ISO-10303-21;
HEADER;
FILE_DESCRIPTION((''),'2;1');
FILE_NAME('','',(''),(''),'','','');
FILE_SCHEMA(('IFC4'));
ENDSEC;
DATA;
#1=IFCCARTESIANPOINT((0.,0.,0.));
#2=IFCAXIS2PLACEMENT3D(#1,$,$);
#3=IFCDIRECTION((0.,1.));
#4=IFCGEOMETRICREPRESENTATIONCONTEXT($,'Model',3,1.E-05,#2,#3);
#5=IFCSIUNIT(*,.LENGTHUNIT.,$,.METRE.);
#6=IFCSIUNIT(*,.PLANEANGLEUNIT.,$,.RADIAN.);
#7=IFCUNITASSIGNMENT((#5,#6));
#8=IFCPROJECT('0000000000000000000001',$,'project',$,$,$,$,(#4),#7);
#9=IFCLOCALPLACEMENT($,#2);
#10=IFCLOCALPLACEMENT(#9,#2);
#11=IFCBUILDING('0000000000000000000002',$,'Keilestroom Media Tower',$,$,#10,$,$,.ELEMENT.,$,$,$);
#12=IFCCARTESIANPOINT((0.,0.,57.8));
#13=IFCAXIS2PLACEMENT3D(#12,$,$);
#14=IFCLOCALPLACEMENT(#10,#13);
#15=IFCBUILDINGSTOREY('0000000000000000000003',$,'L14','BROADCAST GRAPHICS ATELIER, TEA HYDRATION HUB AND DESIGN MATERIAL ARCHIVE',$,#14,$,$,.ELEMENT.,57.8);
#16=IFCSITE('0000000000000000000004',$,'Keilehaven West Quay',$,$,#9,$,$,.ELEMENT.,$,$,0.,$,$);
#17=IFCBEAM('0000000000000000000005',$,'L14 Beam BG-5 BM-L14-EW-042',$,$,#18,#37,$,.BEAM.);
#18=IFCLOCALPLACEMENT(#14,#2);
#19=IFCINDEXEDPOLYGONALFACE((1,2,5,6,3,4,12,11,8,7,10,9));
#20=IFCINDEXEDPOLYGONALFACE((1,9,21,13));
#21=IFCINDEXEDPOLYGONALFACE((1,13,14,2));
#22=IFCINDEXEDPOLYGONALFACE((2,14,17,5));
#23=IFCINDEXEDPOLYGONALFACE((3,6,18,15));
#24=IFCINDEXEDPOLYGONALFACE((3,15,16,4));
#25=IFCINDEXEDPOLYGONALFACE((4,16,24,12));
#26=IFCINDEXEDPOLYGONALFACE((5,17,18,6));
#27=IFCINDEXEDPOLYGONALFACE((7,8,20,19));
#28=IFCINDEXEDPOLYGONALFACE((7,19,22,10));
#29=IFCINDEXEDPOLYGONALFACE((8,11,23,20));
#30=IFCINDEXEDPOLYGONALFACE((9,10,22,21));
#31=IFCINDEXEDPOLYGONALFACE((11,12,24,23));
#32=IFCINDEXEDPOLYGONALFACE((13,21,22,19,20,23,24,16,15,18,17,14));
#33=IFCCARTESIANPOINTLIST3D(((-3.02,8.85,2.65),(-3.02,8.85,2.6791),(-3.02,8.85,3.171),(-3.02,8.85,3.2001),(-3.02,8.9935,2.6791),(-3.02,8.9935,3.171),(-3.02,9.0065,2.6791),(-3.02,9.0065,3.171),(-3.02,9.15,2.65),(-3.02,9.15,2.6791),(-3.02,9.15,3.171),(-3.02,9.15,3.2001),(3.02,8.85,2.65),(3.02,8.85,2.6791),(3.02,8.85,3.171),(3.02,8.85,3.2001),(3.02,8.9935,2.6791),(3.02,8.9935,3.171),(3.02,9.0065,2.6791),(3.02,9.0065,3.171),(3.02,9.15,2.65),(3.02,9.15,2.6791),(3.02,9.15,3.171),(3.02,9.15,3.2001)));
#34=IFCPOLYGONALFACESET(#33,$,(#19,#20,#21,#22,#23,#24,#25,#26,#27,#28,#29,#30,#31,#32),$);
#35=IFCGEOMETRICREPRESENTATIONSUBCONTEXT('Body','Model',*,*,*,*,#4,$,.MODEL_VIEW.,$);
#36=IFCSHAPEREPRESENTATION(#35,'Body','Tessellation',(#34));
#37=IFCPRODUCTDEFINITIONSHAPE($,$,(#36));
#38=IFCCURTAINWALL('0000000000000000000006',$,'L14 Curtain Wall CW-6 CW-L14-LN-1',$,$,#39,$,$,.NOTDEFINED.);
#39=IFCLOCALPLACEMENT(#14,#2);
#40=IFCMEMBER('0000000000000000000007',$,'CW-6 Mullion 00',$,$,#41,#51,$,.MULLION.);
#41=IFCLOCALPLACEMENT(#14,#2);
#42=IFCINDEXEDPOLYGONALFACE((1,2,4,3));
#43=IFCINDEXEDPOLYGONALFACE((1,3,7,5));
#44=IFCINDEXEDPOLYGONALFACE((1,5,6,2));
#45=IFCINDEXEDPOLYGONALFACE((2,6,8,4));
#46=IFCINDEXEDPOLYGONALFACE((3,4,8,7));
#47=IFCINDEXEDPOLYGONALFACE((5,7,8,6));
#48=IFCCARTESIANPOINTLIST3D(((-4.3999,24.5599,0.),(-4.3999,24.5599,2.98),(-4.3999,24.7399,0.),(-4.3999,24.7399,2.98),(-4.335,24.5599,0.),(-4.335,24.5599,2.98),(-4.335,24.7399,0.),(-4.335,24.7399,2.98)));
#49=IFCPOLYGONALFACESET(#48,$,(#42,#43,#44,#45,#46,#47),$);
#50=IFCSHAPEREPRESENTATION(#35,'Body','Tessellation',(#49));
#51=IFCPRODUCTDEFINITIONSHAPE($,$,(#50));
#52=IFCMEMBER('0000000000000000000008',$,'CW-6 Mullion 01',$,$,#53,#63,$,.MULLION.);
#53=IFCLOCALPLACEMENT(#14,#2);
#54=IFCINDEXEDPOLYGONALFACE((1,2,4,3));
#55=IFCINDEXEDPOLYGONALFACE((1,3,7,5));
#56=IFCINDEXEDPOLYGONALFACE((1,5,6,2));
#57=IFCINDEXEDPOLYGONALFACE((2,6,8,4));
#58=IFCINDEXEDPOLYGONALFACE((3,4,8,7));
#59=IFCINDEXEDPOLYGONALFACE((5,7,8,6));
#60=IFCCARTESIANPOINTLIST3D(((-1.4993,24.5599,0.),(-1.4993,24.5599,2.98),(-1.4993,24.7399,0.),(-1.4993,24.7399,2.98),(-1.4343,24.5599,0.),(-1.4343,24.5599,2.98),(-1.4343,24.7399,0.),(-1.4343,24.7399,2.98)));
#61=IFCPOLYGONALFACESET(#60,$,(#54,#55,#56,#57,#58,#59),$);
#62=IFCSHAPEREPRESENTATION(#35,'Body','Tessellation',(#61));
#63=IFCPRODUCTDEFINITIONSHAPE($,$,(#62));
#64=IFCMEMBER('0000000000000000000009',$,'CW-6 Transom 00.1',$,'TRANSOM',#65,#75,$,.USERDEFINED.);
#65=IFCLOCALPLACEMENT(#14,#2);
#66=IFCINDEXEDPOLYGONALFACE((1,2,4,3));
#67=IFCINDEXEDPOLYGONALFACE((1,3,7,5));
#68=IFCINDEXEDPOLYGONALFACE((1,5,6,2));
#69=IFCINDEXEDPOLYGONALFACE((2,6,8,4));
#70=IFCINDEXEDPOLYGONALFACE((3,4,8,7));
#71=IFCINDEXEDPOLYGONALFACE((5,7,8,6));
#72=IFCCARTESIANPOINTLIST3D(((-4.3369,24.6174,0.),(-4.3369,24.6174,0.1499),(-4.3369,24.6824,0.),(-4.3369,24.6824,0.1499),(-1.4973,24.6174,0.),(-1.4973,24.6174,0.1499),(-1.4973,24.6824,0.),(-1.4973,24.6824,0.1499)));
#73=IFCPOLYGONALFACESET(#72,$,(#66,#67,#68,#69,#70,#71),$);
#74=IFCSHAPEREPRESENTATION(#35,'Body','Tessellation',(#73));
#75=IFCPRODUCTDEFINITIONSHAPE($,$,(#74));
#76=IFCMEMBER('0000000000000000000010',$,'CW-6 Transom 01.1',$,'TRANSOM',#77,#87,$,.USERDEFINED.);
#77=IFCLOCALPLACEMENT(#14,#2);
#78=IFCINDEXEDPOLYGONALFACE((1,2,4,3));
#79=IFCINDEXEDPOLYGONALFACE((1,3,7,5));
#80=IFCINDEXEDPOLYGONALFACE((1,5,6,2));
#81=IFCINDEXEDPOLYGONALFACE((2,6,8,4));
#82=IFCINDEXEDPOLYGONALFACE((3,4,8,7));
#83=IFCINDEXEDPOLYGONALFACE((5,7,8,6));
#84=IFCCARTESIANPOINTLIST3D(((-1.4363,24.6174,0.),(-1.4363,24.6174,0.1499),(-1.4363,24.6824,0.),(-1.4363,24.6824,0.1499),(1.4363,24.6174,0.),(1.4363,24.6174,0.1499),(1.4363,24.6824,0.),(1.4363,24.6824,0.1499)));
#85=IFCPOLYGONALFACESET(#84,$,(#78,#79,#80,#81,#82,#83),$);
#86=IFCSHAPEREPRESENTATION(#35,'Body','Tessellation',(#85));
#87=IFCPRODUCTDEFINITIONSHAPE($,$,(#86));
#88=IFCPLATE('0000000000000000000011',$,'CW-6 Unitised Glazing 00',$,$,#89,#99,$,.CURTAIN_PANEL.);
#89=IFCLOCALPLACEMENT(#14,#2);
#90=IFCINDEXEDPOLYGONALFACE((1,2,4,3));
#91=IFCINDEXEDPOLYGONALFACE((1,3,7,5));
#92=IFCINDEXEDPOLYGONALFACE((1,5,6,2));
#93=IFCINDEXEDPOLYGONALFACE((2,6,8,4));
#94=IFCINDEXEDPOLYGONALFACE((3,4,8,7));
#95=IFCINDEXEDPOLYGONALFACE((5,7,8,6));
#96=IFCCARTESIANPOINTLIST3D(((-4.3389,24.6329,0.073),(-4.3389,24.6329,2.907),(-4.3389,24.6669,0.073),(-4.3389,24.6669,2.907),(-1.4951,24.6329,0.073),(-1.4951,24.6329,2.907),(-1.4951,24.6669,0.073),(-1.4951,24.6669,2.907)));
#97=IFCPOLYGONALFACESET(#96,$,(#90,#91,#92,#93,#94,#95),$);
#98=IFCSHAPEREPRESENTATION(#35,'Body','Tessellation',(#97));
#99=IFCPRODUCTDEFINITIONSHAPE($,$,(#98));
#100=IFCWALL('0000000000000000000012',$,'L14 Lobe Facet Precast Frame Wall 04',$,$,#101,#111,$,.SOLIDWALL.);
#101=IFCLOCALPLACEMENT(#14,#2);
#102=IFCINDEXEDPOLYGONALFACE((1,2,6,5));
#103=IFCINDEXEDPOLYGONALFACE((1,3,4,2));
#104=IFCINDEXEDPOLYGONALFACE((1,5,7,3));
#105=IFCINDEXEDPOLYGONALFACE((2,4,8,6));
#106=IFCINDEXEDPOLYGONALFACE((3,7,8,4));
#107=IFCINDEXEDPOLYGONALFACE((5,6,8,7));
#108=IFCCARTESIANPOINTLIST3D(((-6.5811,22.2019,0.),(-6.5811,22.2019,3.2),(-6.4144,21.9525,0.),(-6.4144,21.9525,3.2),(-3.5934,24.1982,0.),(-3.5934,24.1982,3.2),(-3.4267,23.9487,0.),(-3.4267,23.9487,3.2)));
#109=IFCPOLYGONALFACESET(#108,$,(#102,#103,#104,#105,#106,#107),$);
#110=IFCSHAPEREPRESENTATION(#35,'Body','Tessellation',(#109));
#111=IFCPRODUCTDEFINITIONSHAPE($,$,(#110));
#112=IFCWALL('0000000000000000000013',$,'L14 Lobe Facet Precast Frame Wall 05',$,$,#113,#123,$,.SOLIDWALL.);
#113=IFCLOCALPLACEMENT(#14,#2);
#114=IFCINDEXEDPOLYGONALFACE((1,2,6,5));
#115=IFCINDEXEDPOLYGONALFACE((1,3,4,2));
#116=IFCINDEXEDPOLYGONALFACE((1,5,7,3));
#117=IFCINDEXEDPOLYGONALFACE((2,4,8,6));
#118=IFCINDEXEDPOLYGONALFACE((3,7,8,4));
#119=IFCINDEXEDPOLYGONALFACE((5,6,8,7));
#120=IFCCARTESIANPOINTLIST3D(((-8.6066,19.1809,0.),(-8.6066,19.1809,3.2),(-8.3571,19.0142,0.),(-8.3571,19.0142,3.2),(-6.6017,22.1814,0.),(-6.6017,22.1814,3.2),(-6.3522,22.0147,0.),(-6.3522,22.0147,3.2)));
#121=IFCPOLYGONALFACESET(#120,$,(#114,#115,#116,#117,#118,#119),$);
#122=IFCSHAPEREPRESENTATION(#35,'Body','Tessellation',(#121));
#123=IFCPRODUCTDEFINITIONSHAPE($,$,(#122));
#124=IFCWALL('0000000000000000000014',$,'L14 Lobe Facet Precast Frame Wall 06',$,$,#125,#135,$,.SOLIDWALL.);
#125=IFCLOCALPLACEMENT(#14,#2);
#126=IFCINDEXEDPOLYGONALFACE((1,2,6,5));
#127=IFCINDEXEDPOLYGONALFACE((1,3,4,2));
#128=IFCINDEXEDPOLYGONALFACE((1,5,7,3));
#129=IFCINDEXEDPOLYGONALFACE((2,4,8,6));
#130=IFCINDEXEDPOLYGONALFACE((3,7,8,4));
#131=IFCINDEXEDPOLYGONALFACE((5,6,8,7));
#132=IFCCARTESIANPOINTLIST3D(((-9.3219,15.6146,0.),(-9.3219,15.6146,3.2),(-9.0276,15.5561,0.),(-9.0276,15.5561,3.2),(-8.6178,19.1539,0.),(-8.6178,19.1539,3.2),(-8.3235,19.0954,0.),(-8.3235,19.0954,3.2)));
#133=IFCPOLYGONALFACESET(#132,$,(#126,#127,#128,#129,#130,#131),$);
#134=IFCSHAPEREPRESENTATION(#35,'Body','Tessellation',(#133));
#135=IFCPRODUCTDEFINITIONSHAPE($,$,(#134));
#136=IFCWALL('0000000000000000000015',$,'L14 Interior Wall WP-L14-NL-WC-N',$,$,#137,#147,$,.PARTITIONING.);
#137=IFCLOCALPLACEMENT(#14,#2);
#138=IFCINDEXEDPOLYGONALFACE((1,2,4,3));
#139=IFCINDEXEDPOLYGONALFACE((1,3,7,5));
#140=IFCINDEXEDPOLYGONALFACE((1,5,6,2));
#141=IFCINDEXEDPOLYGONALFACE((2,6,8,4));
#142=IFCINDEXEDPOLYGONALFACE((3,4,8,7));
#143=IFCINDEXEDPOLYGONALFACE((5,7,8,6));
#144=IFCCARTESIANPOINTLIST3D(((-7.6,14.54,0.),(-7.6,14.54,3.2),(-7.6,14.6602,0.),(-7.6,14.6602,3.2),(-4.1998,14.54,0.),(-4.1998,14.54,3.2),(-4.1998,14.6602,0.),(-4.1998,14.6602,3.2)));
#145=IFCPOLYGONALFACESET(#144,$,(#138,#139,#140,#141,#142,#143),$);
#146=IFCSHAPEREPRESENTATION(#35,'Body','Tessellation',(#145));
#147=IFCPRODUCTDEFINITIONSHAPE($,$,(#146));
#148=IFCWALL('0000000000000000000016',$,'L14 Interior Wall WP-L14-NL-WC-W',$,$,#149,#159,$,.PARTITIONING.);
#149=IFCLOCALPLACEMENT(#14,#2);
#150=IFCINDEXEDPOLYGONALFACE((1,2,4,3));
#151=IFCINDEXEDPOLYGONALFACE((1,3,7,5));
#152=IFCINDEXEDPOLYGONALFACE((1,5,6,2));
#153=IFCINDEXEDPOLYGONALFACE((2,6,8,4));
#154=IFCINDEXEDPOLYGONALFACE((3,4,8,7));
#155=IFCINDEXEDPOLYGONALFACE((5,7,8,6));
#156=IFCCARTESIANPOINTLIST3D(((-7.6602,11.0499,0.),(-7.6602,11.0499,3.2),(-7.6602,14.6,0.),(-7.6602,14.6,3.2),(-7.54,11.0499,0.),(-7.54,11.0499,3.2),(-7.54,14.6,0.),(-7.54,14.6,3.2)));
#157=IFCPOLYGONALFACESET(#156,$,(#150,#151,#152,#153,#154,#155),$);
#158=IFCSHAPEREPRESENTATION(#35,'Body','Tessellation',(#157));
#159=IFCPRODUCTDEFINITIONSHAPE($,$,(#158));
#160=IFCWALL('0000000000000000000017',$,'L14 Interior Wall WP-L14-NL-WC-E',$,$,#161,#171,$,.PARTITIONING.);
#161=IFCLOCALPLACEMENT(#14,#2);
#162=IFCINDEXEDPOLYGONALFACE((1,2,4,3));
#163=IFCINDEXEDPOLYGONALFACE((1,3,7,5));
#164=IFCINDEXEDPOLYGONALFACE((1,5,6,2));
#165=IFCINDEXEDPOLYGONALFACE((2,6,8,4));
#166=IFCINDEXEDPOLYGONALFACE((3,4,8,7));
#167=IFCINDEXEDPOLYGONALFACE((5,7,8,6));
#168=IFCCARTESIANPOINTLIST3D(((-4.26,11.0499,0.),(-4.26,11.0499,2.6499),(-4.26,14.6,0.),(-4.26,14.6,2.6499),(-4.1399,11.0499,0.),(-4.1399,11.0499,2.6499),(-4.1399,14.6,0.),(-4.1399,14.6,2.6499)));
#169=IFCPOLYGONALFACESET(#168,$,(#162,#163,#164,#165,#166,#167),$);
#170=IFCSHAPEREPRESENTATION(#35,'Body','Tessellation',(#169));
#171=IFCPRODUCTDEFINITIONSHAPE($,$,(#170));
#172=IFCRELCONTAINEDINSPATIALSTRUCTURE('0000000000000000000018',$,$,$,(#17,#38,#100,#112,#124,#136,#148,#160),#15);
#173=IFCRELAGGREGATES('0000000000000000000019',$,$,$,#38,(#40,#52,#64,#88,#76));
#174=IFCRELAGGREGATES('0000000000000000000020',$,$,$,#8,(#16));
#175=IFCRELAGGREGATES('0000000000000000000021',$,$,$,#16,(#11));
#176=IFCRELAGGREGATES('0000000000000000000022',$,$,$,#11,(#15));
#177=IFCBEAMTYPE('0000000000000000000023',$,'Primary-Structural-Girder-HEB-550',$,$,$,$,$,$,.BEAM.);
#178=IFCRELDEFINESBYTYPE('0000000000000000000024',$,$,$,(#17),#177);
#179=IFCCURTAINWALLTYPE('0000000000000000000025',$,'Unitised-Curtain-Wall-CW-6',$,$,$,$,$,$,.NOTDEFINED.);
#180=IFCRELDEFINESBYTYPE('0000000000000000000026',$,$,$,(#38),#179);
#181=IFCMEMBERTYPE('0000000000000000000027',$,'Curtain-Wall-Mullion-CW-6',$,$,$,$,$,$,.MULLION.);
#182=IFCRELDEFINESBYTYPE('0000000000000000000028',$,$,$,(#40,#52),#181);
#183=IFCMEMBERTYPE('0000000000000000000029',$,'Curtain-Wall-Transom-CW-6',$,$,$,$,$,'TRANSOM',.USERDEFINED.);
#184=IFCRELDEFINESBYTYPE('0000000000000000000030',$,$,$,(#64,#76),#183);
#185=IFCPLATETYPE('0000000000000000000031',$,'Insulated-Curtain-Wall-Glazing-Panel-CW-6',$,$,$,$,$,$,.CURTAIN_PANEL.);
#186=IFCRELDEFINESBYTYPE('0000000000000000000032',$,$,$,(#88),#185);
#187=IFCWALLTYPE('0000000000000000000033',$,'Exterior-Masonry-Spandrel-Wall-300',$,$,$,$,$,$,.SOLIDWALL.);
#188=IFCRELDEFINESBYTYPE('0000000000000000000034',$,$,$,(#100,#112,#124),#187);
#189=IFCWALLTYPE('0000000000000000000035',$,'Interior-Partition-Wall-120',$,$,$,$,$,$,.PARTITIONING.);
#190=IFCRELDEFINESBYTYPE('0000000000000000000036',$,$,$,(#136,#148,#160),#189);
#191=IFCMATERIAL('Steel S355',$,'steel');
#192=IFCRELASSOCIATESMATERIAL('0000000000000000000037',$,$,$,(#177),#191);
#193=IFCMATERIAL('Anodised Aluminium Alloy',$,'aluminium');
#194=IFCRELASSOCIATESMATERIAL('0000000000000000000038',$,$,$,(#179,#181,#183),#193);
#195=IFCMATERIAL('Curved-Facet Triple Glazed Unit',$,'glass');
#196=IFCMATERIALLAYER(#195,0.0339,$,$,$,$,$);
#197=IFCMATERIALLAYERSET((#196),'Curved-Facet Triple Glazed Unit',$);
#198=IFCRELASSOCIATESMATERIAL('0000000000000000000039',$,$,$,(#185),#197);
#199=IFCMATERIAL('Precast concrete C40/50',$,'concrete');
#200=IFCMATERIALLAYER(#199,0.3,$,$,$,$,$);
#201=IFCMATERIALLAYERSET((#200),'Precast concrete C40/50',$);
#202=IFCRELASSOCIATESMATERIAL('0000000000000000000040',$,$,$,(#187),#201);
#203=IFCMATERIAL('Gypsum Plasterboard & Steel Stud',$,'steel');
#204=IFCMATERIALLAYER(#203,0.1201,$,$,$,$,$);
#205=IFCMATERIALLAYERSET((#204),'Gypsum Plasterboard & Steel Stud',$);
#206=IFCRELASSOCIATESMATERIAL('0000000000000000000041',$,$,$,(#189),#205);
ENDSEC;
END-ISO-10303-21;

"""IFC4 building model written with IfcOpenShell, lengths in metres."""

from ifc_helpers import new_model, si_unit, direction, frame, frame_2d, origin, origin_2d, place, context, subcontext, project, spatial, rectangle, i_section, extrude, source, transform, mapped, material, layer, layer_set, material_profile, profile_set, type_object, element, aggregate, save


model = new_model("IFC4")

# Units and contexts
model_context = context("Model", 3, precision=1e-05, world=origin(), true_north=direction((0.0, 1.0)))
body_context = subcontext(model_context, "Body", "Model", "MODEL_VIEW")
ifc_project = project(units=[si_unit("LENGTHUNIT", "METRE"), si_unit("PLANEANGLEUNIT", "RADIAN")], contexts=[model_context])

# Site, building, storey
site_placement = place(None, origin())
site = spatial("IfcSite", under=ifc_project, at=site_placement, Name="Keilehaven West Quay", CompositionType="ELEMENT", RefElevation=0.0)
building_placement = place(site_placement, origin())
building = spatial("IfcBuilding", under=site, at=building_placement, Name="Keilestroom Media Tower", CompositionType="ELEMENT")
storey_placement = place(building_placement, frame((0.0, 0.0, 57.8)))
storey = spatial("IfcBuildingStorey", under=building, at=storey_placement, Name="L14", Description="BROADCAST GRAPHICS ATELIER, TEA HYDRATION HUB AND DESIGN MATERIAL ARCHIVE", CompositionType="ELEMENT", Elevation=57.8)

# Beam
ifc_material_1 = material(Name="Steel S355", Category="steel")
ifc_material_profile_1 = material_profile(ifc_material_1, i_section(OverallWidth=0.3, OverallDepth=0.55, WebThickness=0.0129, FlangeThickness=0.0291, at=origin_2d()), Name="HEB 550")
ifc_profile_set_1 = profile_set([ifc_material_profile_1], Name="Steel S355")
beam_type = type_object("IfcBeamType", Name="Primary-Structural-Girder-HEB-550", PredefinedType="BEAM", material=ifc_profile_set_1)
shared_shape_1 = source(origin(), body_context, "Body", "SweptSolid", [
    extrude(i_section(OverallWidth=0.3, OverallDepth=0.55, WebThickness=0.0129, FlangeThickness=0.0291, at=origin_2d()), origin(), (0.0, 0.0, 1.0), 6.04),
])
beam_1_placement = place(storey_placement, frame((-3.02, 9.0, 2.925), z_axis=(1.0, 0.0, 0.0), x_axis=(0.0, 1.0, 0.0)))
element("IfcBeam", 1, at=beam_1_placement, inside=storey, type_object=beam_type, Name="L14 Beam BG-5 BM-L14-EW-042", PredefinedType="BEAM", context=body_context, shape_type="MappedRepresentation", body=[
    mapped(shared_shape_1, transform((0.0, 0.0, 0.0), x_axis=(1.0, 0.0, 0.0), y_axis=(0.0, 1.0, 0.0), z_axis=(0.0, 0.0, 1.0), scale=1.0)),
])

# Curtain wall, members, plate
ifc_material_2 = material(Name="Anodised Aluminium Alloy", Category="aluminium")
curtain_wall_type = type_object("IfcCurtainWallType", Name="Unitised-Curtain-Wall-CW-6", PredefinedType="NOTDEFINED", material=ifc_material_2)
curtain_wall_placement = place(storey_placement, origin())
curtain_wall = element("IfcCurtainWall", 2, at=curtain_wall_placement, inside=storey, type_object=curtain_wall_type, Name="L14 Curtain Wall CW-6 CW-L14-LN-1", PredefinedType="NOTDEFINED")
ifc_material_profile_2 = material_profile(ifc_material_2, rectangle(XDim=0.0649, YDim=0.1799, at=origin_2d()), Name="ALU MULLION 65x180")
ifc_profile_set_2 = profile_set([ifc_material_profile_2], Name="Anodised Aluminium Alloy")
member_type_1 = type_object("IfcMemberType", Name="Curtain-Wall-Mullion-CW-6", PredefinedType="MULLION", material=ifc_profile_set_2)
shared_shape_2 = source(origin(), body_context, "Body", "SweptSolid", [
    extrude(rectangle(XDim=0.0649, YDim=0.1799, at=origin_2d()), origin(), (0.0, 0.0, 1.0), 2.98),
])
member_1_placement = place(storey_placement, frame((-4.3674, 24.6499, 0.0), z_axis=(0.0, 0.0, 1.0), x_axis=(1.0, 0.0, 0.0)))
member_1 = element("IfcMember", 3, at=member_1_placement, type_object=member_type_1, Name="CW-6 Mullion 00", PredefinedType="MULLION", context=body_context, shape_type="MappedRepresentation", body=[
    mapped(shared_shape_2, transform((0.0, 0.0, 0.0), x_axis=(1.0, 0.0, 0.0), y_axis=(0.0, 1.0, 0.0), z_axis=(0.0, 0.0, 1.0), scale=1.0)),
])
member_2_placement = place(storey_placement, frame((-1.4668, 24.6499, 0.0), z_axis=(0.0, 0.0, 1.0), x_axis=(1.0, 0.0, 0.0)))
member_2 = element("IfcMember", 4, at=member_2_placement, type_object=member_type_1, Name="CW-6 Mullion 01", PredefinedType="MULLION", context=body_context, shape_type="MappedRepresentation", body=[
    mapped(shared_shape_2, transform((0.0, 0.0, 0.0), x_axis=(1.0, 0.0, 0.0), y_axis=(0.0, 1.0, 0.0), z_axis=(0.0, 0.0, 1.0), scale=1.0)),
])
ifc_material_profile_3 = material_profile(ifc_material_2, rectangle(XDim=0.0649, YDim=0.1499, at=origin_2d()), Name="ALU TRANSOM 65x150")
ifc_profile_set_3 = profile_set([ifc_material_profile_3], Name="Anodised Aluminium Alloy")
member_type_2 = type_object("IfcMemberType", Name="Curtain-Wall-Transom-CW-6", ElementType="TRANSOM", PredefinedType="USERDEFINED", material=ifc_profile_set_3)
shared_shape_3 = source(origin(), body_context, "Body", "SweptSolid", [
    extrude(rectangle(XDim=0.0649, YDim=0.1499, at=origin_2d()), origin(), (0.0, 0.0, 1.0), 2.8396),
])
member_3_placement = place(storey_placement, frame((-4.3369, 24.6499, 0.075), z_axis=(1.0, 0.0, 0.0), x_axis=(0.0, 1.0, 0.0)))
member_3 = element("IfcMember", 5, at=member_3_placement, type_object=member_type_2, Name="CW-6 Transom 00.1", ObjectType="TRANSOM", PredefinedType="USERDEFINED", context=body_context, shape_type="MappedRepresentation", body=[
    mapped(shared_shape_3, transform((0.0, 0.0, 0.0), x_axis=(1.0, 0.0, 0.0), y_axis=(0.0, 1.0, 0.0), z_axis=(0.0, 0.0, 1.0), scale=1.0)),
])
shared_shape_4 = source(origin(), body_context, "Body", "SweptSolid", [
    extrude(rectangle(XDim=0.0649, YDim=0.1499, at=origin_2d()), origin(), (0.0, 0.0, 1.0), 2.8726),
])
member_4_placement = place(storey_placement, frame((-1.4363, 24.6499, 0.075), z_axis=(1.0, 0.0, 0.0), x_axis=(0.0, 1.0, 0.0)))
member_4 = element("IfcMember", 6, at=member_4_placement, type_object=member_type_2, Name="CW-6 Transom 01.1", ObjectType="TRANSOM", PredefinedType="USERDEFINED", context=body_context, shape_type="MappedRepresentation", body=[
    mapped(shared_shape_4, transform((0.0, 0.0, 0.0), x_axis=(1.0, 0.0, 0.0), y_axis=(0.0, 1.0, 0.0), z_axis=(0.0, 0.0, 1.0), scale=1.0)),
])
ifc_material_3 = material(Name="Curved-Facet Triple Glazed Unit", Category="glass")
ifc_layer_1 = layer(ifc_material_3, 0.0339)
ifc_layer_set_1 = layer_set([ifc_layer_1], Name="Curved-Facet Triple Glazed Unit")
plate_type = type_object("IfcPlateType", Name="Insulated-Curtain-Wall-Glazing-Panel-CW-6", PredefinedType="CURTAIN_PANEL", material=ifc_layer_set_1)
shared_shape_5 = source(origin(), body_context, "Body", "SweptSolid", [
    extrude(rectangle(XDim=2.8438, YDim=0.0339, at=origin_2d()), origin(), (0.0, 0.0, 1.0), 2.834),
])
plate_placement = place(storey_placement, frame((-2.917, 24.6499, 0.073), z_axis=(0.0, 0.0, 1.0), x_axis=(1.0, 0.0, 0.0)))
plate = element("IfcPlate", 7, at=plate_placement, type_object=plate_type, Name="CW-6 Unitised Glazing 00", PredefinedType="CURTAIN_PANEL", context=body_context, shape_type="MappedRepresentation", body=[
    mapped(shared_shape_5, transform((0.0, 0.0, 0.0), x_axis=(1.0, 0.0, 0.0), y_axis=(0.0, 1.0, 0.0), z_axis=(0.0, 0.0, 1.0), scale=1.0)),
])
aggregate(curtain_wall, [member_1, member_2, member_3, plate, member_4])

# Walls
ifc_material_4 = material(Name="Precast concrete C40/50", Category="concrete")
ifc_layer_2 = layer(ifc_material_4, 0.3)
ifc_layer_set_2 = layer_set([ifc_layer_2], Name="Precast concrete C40/50")
wall_type_1 = type_object("IfcWallType", Name="Exterior-Masonry-Spandrel-Wall-300", PredefinedType="SOLIDWALL", material=ifc_layer_set_2)
wall_1_placement = place(storey_placement, frame((-3.51, 24.0735, 0.0), z_axis=(0.0, 0.0, 1.0), x_axis=(-0.831475, -0.555562, 0.0)))
element("IfcWall", 8, at=wall_1_placement, inside=storey, type_object=wall_type_1, Name="L14 Lobe Facet Precast Frame Wall 04", PredefinedType="SOLIDWALL", context=body_context, shape_type="SweptSolid", body=[
    extrude(rectangle(XDim=3.5933, YDim=0.3, at=frame_2d((1.7966, 0.0))), origin(), (0.0, 0.0, 1.0), 3.2),
])
for number, where, z_axis, x_axis, name in (
    (9, (-6.4771, 22.0979, 0.0), (0.0, 0.0, 1.0), (-0.555574, -0.831467, 0.0), "L14 Lobe Facet Precast Frame Wall 05"),
    (10, (-8.4707, 19.1245, 0.0), (0.0, 0.0, 1.0), (-0.195114, -0.980781, 0.0), "L14 Lobe Facet Precast Frame Wall 06"),
):
    element("IfcWall", number, at=place(storey_placement, frame(where, z_axis=z_axis, x_axis=x_axis)), inside=storey, type_object=wall_type_1, Name=name, PredefinedType="SOLIDWALL", context=body_context, shape_type="SweptSolid", body=[
        extrude(rectangle(XDim=3.6086, YDim=0.3, at=frame_2d((1.8042, 0.0))), origin(), (0.0, 0.0, 1.0), 3.2),
    ])
ifc_material_5 = material(Name="Gypsum Plasterboard & Steel Stud", Category="steel")
ifc_layer_3 = layer(ifc_material_5, 0.1201)
ifc_layer_set_3 = layer_set([ifc_layer_3], Name="Gypsum Plasterboard & Steel Stud")
wall_type_2 = type_object("IfcWallType", Name="Interior-Partition-Wall-120", PredefinedType="PARTITIONING", material=ifc_layer_set_3)
wall_2_placement = place(storey_placement, frame((-7.6001, 14.6001, 0.0), z_axis=(0.0, 0.0, 1.0), x_axis=(1.0, 0.0, 0.0)))
element("IfcWall", 11, at=wall_2_placement, inside=storey, type_object=wall_type_2, Name="L14 Interior Wall WP-L14-NL-WC-N", PredefinedType="PARTITIONING", context=body_context, shape_type="SweptSolid", body=[
    extrude(rectangle(XDim=3.4001, YDim=0.1201, at=frame_2d((1.7002, 0.0))), origin(), (0.0, 0.0, 1.0), 3.2),
])
wall_3_placement = place(storey_placement, frame((-7.6001, 11.05, 0.0), z_axis=(0.0, 0.0, 1.0), x_axis=(0.0, 1.0, 0.0)))
element("IfcWall", 12, at=wall_3_placement, inside=storey, type_object=wall_type_2, Name="L14 Interior Wall WP-L14-NL-WC-W", PredefinedType="PARTITIONING", context=body_context, shape_type="SweptSolid", body=[
    extrude(rectangle(XDim=3.55, YDim=0.1201, at=frame_2d((1.7749, 0.0))), origin(), (0.0, 0.0, 1.0), 3.2),
])
wall_4_placement = place(storey_placement, frame((-4.2, 11.05, 0.0), z_axis=(0.0, 0.0, 1.0), x_axis=(0.0, 1.0, 0.0)))
element("IfcWall", 13, at=wall_4_placement, inside=storey, type_object=wall_type_2, Name="L14 Interior Wall WP-L14-NL-WC-E", PredefinedType="PARTITIONING", context=body_context, shape_type="SweptSolid", body=[
    extrude(rectangle(XDim=3.55, YDim=0.1201, at=frame_2d((1.7749, 0.0))), origin(), (0.0, 0.0, 1.0), 2.6499),
])

save(model, "model.ifc")
